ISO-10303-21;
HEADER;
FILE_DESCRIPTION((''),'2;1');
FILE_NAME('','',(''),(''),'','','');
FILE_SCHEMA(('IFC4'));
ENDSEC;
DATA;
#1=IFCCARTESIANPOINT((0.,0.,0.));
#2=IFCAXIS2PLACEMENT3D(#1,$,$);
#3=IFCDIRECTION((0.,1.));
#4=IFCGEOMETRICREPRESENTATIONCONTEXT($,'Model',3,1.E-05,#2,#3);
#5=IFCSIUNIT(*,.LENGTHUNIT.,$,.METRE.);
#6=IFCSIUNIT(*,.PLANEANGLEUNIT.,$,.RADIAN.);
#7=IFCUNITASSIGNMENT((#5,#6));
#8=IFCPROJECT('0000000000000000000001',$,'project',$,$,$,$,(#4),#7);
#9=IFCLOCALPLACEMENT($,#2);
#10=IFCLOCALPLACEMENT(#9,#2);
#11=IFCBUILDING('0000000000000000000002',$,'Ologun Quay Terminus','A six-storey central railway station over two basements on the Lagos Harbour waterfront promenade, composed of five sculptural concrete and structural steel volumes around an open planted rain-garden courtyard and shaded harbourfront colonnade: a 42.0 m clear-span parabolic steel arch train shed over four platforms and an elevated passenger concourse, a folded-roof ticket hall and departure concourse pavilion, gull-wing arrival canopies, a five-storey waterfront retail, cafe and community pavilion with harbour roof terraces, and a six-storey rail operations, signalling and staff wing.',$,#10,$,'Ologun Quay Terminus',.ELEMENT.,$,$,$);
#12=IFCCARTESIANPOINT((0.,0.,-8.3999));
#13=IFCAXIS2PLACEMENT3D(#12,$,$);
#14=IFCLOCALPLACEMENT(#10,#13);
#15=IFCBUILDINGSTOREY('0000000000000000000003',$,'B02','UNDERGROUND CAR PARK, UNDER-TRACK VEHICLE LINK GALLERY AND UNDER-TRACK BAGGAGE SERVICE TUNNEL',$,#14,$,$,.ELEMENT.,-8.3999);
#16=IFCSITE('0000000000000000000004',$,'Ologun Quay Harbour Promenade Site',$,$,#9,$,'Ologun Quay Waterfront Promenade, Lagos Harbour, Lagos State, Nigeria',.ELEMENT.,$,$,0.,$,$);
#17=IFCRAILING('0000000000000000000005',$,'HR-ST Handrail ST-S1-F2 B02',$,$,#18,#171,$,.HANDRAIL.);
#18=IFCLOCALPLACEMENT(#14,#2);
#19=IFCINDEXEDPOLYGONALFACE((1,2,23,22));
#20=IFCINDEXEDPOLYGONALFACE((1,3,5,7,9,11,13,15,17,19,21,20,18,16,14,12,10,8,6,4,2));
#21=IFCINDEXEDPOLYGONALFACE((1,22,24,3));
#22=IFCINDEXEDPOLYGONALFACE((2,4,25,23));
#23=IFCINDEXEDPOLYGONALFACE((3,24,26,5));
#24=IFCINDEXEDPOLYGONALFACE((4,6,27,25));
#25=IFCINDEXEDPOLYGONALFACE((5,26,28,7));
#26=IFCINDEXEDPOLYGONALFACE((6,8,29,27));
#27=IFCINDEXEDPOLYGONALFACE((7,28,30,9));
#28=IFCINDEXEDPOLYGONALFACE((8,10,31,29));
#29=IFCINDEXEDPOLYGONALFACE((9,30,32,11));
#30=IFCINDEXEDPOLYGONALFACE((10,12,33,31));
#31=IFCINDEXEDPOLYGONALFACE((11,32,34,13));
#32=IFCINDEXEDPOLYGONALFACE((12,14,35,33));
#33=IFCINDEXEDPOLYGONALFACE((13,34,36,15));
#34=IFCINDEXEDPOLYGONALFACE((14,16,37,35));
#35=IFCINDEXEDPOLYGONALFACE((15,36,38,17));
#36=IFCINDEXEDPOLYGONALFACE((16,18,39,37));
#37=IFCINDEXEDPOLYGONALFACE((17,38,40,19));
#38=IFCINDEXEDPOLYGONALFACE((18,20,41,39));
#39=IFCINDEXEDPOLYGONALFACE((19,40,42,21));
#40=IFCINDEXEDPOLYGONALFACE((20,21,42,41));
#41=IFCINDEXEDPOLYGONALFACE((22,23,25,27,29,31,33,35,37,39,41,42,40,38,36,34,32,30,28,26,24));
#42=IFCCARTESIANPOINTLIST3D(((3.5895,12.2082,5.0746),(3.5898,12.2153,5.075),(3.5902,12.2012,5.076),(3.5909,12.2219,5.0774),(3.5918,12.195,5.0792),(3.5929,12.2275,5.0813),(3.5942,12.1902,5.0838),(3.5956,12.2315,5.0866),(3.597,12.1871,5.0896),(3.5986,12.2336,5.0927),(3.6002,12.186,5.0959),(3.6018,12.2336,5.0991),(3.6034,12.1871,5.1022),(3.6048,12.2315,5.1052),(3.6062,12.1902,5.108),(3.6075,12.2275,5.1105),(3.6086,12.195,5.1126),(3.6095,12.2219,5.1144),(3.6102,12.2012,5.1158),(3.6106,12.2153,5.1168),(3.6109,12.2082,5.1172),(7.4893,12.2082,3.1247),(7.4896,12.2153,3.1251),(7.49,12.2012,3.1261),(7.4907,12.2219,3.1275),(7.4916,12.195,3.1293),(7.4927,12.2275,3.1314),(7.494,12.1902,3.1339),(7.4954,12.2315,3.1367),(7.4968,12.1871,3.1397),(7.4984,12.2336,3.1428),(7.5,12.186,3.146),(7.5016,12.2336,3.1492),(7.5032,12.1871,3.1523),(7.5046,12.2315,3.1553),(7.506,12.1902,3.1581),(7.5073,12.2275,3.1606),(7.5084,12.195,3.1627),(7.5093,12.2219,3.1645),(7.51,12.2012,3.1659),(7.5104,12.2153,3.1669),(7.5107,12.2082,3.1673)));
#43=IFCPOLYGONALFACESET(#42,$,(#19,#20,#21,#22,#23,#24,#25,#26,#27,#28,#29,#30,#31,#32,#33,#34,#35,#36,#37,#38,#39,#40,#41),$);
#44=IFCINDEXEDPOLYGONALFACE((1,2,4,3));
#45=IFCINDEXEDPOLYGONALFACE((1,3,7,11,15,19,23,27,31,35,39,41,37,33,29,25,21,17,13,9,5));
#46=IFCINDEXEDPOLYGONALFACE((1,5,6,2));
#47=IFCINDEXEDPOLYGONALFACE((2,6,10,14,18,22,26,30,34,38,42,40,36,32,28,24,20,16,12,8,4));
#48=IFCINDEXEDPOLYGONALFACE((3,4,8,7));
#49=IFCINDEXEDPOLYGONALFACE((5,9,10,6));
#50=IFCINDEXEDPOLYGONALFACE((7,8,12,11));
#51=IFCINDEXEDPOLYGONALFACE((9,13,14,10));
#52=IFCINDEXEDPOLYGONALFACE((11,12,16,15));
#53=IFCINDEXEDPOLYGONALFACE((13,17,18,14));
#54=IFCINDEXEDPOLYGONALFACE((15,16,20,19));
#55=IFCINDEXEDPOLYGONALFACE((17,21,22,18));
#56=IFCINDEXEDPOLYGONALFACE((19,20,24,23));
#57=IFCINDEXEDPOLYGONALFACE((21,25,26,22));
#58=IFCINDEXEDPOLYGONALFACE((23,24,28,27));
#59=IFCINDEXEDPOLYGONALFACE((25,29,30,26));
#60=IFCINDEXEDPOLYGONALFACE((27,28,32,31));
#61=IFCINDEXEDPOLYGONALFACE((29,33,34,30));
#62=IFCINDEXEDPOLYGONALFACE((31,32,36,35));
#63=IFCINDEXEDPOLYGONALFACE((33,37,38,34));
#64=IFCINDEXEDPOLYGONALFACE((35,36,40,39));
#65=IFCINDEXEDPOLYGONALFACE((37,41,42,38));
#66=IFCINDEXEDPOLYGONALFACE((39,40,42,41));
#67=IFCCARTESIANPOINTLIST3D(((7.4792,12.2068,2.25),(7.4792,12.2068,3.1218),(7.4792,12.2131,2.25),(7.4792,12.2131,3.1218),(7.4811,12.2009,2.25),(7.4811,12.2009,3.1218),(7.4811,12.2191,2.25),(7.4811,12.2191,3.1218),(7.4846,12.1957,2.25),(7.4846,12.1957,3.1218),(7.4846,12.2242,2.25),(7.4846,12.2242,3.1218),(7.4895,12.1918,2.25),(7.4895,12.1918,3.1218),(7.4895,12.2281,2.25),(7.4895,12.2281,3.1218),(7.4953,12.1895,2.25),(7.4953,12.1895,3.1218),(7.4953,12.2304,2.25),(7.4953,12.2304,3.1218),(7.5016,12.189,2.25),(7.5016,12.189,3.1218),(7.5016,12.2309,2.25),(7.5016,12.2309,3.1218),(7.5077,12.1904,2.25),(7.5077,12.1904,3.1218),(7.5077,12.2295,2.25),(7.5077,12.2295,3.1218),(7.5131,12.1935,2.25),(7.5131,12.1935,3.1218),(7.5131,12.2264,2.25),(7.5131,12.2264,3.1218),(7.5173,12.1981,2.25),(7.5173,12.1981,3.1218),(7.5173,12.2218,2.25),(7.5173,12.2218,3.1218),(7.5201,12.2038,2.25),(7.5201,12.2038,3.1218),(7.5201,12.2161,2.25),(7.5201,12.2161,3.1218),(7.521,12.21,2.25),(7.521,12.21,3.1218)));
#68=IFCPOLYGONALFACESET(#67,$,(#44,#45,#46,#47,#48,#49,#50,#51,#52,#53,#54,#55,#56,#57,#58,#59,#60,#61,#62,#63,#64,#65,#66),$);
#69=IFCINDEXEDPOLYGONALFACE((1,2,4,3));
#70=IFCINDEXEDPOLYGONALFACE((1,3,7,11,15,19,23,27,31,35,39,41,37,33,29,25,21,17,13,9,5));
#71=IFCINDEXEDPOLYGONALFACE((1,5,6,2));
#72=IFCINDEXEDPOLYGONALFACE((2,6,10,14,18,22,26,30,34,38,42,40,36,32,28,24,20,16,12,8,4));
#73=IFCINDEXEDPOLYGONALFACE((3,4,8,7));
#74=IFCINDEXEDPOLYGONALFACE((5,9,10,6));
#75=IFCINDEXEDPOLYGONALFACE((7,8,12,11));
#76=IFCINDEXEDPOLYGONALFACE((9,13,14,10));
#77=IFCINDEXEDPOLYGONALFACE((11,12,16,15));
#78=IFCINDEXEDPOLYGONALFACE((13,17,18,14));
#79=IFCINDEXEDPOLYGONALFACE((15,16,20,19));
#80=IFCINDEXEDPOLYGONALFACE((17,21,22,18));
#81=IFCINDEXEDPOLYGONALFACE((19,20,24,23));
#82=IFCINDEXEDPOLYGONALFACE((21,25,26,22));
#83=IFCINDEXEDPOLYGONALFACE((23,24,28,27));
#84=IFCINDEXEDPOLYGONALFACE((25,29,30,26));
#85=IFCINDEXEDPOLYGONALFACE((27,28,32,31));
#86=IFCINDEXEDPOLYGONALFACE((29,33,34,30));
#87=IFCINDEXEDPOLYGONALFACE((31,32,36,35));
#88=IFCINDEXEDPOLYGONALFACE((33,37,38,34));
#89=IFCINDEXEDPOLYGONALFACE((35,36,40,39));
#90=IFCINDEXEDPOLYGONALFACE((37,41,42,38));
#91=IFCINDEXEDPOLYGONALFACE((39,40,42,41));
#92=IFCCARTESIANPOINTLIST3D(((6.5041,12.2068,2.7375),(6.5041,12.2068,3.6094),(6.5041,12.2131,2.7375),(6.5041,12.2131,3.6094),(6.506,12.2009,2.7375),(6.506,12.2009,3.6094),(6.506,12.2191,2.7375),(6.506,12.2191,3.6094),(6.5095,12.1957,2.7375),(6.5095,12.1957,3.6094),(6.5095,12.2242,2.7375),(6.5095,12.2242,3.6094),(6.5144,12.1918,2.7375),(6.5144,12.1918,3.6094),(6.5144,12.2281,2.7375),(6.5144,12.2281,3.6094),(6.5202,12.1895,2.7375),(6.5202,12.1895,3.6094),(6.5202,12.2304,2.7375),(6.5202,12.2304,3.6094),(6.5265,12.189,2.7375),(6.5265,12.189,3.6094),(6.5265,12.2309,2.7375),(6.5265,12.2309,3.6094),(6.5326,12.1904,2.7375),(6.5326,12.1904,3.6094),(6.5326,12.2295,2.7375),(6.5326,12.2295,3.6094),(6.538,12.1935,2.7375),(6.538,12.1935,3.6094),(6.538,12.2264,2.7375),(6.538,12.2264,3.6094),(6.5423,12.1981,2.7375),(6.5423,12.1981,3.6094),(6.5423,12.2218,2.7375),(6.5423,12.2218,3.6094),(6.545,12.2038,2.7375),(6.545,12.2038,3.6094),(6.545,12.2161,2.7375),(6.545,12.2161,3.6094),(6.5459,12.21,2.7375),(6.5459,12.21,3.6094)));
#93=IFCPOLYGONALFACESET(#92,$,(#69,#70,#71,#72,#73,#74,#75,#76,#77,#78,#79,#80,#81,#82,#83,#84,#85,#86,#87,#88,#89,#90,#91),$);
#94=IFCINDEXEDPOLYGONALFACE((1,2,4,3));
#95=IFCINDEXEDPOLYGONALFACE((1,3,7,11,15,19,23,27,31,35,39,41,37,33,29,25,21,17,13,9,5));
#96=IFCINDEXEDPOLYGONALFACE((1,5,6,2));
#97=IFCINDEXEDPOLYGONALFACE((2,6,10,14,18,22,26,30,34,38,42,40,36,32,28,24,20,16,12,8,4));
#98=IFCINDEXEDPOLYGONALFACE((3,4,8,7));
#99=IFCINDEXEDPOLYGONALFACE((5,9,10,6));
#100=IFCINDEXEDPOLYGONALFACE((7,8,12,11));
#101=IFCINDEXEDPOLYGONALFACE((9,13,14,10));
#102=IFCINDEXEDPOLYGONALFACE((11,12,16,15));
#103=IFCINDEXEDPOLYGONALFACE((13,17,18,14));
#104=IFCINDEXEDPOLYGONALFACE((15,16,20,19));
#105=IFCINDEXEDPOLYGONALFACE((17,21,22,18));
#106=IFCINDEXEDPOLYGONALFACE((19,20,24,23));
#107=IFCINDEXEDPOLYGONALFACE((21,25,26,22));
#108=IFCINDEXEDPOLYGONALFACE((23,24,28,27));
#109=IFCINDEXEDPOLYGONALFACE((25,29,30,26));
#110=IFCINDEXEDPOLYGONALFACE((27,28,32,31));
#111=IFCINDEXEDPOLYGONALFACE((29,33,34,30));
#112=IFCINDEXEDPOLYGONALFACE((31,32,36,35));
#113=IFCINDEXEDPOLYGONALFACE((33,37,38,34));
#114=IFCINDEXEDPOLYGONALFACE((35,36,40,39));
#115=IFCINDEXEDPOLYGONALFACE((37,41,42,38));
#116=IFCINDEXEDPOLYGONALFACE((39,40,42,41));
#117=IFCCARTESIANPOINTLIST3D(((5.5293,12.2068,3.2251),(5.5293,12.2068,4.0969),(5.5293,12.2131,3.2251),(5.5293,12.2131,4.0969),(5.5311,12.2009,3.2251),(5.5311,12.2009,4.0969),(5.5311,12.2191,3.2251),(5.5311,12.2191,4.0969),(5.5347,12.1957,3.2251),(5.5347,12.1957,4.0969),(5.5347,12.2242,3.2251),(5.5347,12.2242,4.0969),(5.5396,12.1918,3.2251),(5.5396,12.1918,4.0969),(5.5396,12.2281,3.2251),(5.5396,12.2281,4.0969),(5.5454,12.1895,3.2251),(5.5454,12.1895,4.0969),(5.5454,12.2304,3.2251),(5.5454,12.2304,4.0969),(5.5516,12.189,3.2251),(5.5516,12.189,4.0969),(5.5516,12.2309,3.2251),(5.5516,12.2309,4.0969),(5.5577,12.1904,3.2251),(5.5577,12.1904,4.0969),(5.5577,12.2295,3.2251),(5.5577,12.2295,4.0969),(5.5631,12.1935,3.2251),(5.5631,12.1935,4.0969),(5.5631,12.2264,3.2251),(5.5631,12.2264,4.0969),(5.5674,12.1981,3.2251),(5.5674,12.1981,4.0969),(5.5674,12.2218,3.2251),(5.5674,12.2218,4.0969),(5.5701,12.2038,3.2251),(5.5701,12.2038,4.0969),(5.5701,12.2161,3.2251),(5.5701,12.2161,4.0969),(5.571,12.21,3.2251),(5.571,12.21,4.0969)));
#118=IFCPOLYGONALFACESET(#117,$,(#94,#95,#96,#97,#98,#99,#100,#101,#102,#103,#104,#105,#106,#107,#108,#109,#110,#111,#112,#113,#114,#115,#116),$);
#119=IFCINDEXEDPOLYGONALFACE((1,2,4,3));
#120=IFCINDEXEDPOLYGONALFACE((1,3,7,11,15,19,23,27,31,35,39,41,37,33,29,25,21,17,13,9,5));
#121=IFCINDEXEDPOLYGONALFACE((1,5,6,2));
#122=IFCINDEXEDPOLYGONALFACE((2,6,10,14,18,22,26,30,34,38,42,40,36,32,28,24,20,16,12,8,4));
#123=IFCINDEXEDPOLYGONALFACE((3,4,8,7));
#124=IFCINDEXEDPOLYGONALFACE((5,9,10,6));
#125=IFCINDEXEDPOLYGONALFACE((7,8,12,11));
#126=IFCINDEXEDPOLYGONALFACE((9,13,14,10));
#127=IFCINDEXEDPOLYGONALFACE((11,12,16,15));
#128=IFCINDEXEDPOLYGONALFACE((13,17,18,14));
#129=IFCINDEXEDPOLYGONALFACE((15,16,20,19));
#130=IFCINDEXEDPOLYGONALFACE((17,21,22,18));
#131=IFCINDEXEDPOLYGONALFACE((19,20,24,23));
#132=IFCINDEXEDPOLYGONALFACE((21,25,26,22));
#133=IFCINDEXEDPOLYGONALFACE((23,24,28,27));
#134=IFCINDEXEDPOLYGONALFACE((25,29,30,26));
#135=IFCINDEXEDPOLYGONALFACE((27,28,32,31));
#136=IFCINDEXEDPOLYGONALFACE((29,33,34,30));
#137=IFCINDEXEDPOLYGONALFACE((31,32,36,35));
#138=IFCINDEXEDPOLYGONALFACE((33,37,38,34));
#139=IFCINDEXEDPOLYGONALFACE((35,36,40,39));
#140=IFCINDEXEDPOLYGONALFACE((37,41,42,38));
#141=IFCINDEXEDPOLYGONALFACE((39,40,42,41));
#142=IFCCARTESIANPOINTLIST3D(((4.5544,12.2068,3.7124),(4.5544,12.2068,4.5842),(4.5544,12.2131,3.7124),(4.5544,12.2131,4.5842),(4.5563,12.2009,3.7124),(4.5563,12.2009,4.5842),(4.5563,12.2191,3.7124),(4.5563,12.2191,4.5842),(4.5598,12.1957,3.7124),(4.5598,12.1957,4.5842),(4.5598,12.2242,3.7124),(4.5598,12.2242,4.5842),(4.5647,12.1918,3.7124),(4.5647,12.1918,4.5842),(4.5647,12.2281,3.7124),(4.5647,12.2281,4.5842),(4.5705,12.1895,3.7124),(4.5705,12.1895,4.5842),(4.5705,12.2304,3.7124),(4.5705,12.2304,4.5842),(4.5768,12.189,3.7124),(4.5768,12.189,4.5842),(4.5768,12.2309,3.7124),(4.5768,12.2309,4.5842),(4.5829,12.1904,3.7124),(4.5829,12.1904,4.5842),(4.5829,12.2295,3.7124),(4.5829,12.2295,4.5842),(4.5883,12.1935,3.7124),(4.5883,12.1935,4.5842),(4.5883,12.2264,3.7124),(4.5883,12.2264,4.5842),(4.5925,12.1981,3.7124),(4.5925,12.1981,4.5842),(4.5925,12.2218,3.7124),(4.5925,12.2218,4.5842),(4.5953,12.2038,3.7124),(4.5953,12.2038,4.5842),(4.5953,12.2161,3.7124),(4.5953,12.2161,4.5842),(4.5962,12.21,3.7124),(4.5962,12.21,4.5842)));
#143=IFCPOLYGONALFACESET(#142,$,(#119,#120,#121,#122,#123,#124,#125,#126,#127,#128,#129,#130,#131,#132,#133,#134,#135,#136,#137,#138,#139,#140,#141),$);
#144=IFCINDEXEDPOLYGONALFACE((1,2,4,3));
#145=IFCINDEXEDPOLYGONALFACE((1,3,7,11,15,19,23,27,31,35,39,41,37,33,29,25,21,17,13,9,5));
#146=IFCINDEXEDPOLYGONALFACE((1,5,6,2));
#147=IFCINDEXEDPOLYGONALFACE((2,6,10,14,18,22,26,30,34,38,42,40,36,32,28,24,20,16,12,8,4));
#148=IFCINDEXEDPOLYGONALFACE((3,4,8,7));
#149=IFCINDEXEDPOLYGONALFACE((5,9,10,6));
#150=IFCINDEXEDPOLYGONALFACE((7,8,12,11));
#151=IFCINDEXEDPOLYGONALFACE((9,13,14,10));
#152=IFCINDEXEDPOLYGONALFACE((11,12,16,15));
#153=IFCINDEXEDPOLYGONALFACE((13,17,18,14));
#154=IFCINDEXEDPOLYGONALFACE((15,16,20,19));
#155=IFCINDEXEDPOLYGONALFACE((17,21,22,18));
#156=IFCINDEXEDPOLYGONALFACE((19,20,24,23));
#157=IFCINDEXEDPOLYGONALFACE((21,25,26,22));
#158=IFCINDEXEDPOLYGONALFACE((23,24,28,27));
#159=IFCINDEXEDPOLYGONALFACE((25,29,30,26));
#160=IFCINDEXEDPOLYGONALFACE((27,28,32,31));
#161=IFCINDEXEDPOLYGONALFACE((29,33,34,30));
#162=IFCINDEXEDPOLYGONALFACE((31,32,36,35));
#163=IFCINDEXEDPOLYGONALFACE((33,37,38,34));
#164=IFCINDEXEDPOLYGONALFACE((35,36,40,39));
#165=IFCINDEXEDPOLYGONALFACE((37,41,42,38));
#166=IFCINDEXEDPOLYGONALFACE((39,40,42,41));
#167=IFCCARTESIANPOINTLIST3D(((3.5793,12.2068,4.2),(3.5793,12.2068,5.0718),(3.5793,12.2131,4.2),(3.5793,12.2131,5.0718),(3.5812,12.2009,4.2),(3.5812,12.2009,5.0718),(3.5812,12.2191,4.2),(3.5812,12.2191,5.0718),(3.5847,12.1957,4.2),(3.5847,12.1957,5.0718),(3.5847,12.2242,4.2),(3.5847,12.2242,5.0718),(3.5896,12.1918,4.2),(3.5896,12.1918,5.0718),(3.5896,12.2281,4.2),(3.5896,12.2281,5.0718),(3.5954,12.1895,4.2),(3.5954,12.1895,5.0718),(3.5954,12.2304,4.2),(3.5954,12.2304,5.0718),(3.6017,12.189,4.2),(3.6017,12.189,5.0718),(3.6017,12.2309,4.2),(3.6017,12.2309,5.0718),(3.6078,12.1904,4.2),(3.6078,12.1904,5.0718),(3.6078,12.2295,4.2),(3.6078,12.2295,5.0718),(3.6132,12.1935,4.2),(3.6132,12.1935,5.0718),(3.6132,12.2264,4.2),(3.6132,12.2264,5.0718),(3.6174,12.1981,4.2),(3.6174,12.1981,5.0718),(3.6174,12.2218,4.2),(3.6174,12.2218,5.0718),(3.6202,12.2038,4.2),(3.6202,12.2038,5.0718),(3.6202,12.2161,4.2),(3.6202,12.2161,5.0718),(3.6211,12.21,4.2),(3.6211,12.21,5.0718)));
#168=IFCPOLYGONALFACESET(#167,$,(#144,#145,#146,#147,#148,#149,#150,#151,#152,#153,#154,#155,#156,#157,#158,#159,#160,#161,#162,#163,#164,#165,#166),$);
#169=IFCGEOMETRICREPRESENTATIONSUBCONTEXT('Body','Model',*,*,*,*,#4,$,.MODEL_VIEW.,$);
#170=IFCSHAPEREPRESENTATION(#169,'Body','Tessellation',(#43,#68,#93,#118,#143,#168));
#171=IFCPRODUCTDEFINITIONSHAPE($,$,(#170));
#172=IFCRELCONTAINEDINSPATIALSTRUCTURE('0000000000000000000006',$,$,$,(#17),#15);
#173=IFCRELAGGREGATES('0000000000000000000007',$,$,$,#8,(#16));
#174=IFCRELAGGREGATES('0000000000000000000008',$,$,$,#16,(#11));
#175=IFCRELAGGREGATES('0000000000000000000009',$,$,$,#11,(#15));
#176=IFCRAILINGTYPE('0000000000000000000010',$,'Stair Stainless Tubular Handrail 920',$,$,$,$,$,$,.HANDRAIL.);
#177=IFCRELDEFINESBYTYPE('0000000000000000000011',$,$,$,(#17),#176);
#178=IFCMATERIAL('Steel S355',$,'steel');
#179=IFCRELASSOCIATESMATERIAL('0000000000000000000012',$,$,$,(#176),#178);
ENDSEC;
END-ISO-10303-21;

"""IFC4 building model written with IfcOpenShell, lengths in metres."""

from ifc_helpers import new_model, si_unit, direction, frame, origin, origin_2d, place, context, subcontext, project, spatial, circle, extrude, material, type_object, element, save


model = new_model("IFC4")

# Units and contexts
model_context = context("Model", 3, precision=1e-05, world=origin(), true_north=direction((0.0, 1.0)))
body_context = subcontext(model_context, "Body", "Model", "MODEL_VIEW")
ifc_project = project(units=[si_unit("LENGTHUNIT", "METRE"), si_unit("PLANEANGLEUNIT", "RADIAN")], contexts=[model_context])

# Site, building, storey
site_placement = place(None, origin())
site = spatial("IfcSite", under=ifc_project, at=site_placement, Name="Ologun Quay Harbour Promenade Site", LongName="Ologun Quay Waterfront Promenade, Lagos Harbour, Lagos State, Nigeria", CompositionType="ELEMENT", RefElevation=0.0)
building_placement = place(site_placement, origin())
building = spatial("IfcBuilding", under=site, at=building_placement, Name="Ologun Quay Terminus", Description="A six-storey central railway station over two basements on the Lagos Harbour waterfront promenade, composed of five sculptural concrete and structural steel volumes around an open planted rain-garden courtyard and shaded harbourfront colonnade: a 42.0 m clear-span parabolic steel arch train shed over four platforms and an elevated passenger concourse, a folded-roof ticket hall and departure concourse pavilion, gull-wing arrival canopies, a five-storey waterfront retail, cafe and community pavilion with harbour roof terraces, and a six-storey rail operations, signalling and staff wing.", LongName="Ologun Quay Terminus", CompositionType="ELEMENT")
storey_placement = place(building_placement, frame((0.0, 0.0, -8.3999)))
storey = spatial("IfcBuildingStorey", under=building, at=storey_placement, Name="B02", Description="UNDERGROUND CAR PARK, UNDER-TRACK VEHICLE LINK GALLERY AND UNDER-TRACK BAGGAGE SERVICE TUNNEL", CompositionType="ELEMENT", Elevation=-8.3999)

# Railing
ifc_material_1 = material(Name="Steel S355", Category="steel")
railing_type_1 = type_object("IfcRailingType", Name="Stair Stainless Tubular Handrail 920", PredefinedType="HANDRAIL", material=ifc_material_1)
railing_1_placement = place(storey_placement, frame((7.5, 12.21, 2.25)))
element("IfcRailing", 1, at=railing_1_placement, inside=storey, type_object=railing_type_1, Name="HR-ST Handrail ST-S1-F2 B02", PredefinedType="HANDRAIL", context=body_context, shape_type="SweptSolid", body=[
    extrude(circle(Radius=0.0239, at=origin_2d()), frame((0.0, 0.0, 0.896), z_axis=(-0.894427, 0.0, 0.447214), x_axis=(0.0, -1.0, 0.0)), (0.0, 0.0, 1.0), 4.3601),
    extrude(circle(Radius=0.021, at=origin_2d()), origin(), (0.0, 0.0, 1.0), 0.8718),
    extrude(circle(Radius=0.021, at=origin_2d()), frame((-0.9751, 0.0, 0.4875)), (0.0, 0.0, 1.0), 0.8718),
    extrude(circle(Radius=0.021, at=origin_2d()), frame((-1.95, 0.0, 0.9751)), (0.0, 0.0, 1.0), 0.8718),
    extrude(circle(Radius=0.021, at=origin_2d()), frame((-2.9248, 0.0, 1.4624)), (0.0, 0.0, 1.0), 0.8718),
    extrude(circle(Radius=0.021, at=origin_2d()), frame((-3.8999, 0.0, 1.95)), (0.0, 0.0, 1.0), 0.8718),
])

save(model, "model.ifc")
